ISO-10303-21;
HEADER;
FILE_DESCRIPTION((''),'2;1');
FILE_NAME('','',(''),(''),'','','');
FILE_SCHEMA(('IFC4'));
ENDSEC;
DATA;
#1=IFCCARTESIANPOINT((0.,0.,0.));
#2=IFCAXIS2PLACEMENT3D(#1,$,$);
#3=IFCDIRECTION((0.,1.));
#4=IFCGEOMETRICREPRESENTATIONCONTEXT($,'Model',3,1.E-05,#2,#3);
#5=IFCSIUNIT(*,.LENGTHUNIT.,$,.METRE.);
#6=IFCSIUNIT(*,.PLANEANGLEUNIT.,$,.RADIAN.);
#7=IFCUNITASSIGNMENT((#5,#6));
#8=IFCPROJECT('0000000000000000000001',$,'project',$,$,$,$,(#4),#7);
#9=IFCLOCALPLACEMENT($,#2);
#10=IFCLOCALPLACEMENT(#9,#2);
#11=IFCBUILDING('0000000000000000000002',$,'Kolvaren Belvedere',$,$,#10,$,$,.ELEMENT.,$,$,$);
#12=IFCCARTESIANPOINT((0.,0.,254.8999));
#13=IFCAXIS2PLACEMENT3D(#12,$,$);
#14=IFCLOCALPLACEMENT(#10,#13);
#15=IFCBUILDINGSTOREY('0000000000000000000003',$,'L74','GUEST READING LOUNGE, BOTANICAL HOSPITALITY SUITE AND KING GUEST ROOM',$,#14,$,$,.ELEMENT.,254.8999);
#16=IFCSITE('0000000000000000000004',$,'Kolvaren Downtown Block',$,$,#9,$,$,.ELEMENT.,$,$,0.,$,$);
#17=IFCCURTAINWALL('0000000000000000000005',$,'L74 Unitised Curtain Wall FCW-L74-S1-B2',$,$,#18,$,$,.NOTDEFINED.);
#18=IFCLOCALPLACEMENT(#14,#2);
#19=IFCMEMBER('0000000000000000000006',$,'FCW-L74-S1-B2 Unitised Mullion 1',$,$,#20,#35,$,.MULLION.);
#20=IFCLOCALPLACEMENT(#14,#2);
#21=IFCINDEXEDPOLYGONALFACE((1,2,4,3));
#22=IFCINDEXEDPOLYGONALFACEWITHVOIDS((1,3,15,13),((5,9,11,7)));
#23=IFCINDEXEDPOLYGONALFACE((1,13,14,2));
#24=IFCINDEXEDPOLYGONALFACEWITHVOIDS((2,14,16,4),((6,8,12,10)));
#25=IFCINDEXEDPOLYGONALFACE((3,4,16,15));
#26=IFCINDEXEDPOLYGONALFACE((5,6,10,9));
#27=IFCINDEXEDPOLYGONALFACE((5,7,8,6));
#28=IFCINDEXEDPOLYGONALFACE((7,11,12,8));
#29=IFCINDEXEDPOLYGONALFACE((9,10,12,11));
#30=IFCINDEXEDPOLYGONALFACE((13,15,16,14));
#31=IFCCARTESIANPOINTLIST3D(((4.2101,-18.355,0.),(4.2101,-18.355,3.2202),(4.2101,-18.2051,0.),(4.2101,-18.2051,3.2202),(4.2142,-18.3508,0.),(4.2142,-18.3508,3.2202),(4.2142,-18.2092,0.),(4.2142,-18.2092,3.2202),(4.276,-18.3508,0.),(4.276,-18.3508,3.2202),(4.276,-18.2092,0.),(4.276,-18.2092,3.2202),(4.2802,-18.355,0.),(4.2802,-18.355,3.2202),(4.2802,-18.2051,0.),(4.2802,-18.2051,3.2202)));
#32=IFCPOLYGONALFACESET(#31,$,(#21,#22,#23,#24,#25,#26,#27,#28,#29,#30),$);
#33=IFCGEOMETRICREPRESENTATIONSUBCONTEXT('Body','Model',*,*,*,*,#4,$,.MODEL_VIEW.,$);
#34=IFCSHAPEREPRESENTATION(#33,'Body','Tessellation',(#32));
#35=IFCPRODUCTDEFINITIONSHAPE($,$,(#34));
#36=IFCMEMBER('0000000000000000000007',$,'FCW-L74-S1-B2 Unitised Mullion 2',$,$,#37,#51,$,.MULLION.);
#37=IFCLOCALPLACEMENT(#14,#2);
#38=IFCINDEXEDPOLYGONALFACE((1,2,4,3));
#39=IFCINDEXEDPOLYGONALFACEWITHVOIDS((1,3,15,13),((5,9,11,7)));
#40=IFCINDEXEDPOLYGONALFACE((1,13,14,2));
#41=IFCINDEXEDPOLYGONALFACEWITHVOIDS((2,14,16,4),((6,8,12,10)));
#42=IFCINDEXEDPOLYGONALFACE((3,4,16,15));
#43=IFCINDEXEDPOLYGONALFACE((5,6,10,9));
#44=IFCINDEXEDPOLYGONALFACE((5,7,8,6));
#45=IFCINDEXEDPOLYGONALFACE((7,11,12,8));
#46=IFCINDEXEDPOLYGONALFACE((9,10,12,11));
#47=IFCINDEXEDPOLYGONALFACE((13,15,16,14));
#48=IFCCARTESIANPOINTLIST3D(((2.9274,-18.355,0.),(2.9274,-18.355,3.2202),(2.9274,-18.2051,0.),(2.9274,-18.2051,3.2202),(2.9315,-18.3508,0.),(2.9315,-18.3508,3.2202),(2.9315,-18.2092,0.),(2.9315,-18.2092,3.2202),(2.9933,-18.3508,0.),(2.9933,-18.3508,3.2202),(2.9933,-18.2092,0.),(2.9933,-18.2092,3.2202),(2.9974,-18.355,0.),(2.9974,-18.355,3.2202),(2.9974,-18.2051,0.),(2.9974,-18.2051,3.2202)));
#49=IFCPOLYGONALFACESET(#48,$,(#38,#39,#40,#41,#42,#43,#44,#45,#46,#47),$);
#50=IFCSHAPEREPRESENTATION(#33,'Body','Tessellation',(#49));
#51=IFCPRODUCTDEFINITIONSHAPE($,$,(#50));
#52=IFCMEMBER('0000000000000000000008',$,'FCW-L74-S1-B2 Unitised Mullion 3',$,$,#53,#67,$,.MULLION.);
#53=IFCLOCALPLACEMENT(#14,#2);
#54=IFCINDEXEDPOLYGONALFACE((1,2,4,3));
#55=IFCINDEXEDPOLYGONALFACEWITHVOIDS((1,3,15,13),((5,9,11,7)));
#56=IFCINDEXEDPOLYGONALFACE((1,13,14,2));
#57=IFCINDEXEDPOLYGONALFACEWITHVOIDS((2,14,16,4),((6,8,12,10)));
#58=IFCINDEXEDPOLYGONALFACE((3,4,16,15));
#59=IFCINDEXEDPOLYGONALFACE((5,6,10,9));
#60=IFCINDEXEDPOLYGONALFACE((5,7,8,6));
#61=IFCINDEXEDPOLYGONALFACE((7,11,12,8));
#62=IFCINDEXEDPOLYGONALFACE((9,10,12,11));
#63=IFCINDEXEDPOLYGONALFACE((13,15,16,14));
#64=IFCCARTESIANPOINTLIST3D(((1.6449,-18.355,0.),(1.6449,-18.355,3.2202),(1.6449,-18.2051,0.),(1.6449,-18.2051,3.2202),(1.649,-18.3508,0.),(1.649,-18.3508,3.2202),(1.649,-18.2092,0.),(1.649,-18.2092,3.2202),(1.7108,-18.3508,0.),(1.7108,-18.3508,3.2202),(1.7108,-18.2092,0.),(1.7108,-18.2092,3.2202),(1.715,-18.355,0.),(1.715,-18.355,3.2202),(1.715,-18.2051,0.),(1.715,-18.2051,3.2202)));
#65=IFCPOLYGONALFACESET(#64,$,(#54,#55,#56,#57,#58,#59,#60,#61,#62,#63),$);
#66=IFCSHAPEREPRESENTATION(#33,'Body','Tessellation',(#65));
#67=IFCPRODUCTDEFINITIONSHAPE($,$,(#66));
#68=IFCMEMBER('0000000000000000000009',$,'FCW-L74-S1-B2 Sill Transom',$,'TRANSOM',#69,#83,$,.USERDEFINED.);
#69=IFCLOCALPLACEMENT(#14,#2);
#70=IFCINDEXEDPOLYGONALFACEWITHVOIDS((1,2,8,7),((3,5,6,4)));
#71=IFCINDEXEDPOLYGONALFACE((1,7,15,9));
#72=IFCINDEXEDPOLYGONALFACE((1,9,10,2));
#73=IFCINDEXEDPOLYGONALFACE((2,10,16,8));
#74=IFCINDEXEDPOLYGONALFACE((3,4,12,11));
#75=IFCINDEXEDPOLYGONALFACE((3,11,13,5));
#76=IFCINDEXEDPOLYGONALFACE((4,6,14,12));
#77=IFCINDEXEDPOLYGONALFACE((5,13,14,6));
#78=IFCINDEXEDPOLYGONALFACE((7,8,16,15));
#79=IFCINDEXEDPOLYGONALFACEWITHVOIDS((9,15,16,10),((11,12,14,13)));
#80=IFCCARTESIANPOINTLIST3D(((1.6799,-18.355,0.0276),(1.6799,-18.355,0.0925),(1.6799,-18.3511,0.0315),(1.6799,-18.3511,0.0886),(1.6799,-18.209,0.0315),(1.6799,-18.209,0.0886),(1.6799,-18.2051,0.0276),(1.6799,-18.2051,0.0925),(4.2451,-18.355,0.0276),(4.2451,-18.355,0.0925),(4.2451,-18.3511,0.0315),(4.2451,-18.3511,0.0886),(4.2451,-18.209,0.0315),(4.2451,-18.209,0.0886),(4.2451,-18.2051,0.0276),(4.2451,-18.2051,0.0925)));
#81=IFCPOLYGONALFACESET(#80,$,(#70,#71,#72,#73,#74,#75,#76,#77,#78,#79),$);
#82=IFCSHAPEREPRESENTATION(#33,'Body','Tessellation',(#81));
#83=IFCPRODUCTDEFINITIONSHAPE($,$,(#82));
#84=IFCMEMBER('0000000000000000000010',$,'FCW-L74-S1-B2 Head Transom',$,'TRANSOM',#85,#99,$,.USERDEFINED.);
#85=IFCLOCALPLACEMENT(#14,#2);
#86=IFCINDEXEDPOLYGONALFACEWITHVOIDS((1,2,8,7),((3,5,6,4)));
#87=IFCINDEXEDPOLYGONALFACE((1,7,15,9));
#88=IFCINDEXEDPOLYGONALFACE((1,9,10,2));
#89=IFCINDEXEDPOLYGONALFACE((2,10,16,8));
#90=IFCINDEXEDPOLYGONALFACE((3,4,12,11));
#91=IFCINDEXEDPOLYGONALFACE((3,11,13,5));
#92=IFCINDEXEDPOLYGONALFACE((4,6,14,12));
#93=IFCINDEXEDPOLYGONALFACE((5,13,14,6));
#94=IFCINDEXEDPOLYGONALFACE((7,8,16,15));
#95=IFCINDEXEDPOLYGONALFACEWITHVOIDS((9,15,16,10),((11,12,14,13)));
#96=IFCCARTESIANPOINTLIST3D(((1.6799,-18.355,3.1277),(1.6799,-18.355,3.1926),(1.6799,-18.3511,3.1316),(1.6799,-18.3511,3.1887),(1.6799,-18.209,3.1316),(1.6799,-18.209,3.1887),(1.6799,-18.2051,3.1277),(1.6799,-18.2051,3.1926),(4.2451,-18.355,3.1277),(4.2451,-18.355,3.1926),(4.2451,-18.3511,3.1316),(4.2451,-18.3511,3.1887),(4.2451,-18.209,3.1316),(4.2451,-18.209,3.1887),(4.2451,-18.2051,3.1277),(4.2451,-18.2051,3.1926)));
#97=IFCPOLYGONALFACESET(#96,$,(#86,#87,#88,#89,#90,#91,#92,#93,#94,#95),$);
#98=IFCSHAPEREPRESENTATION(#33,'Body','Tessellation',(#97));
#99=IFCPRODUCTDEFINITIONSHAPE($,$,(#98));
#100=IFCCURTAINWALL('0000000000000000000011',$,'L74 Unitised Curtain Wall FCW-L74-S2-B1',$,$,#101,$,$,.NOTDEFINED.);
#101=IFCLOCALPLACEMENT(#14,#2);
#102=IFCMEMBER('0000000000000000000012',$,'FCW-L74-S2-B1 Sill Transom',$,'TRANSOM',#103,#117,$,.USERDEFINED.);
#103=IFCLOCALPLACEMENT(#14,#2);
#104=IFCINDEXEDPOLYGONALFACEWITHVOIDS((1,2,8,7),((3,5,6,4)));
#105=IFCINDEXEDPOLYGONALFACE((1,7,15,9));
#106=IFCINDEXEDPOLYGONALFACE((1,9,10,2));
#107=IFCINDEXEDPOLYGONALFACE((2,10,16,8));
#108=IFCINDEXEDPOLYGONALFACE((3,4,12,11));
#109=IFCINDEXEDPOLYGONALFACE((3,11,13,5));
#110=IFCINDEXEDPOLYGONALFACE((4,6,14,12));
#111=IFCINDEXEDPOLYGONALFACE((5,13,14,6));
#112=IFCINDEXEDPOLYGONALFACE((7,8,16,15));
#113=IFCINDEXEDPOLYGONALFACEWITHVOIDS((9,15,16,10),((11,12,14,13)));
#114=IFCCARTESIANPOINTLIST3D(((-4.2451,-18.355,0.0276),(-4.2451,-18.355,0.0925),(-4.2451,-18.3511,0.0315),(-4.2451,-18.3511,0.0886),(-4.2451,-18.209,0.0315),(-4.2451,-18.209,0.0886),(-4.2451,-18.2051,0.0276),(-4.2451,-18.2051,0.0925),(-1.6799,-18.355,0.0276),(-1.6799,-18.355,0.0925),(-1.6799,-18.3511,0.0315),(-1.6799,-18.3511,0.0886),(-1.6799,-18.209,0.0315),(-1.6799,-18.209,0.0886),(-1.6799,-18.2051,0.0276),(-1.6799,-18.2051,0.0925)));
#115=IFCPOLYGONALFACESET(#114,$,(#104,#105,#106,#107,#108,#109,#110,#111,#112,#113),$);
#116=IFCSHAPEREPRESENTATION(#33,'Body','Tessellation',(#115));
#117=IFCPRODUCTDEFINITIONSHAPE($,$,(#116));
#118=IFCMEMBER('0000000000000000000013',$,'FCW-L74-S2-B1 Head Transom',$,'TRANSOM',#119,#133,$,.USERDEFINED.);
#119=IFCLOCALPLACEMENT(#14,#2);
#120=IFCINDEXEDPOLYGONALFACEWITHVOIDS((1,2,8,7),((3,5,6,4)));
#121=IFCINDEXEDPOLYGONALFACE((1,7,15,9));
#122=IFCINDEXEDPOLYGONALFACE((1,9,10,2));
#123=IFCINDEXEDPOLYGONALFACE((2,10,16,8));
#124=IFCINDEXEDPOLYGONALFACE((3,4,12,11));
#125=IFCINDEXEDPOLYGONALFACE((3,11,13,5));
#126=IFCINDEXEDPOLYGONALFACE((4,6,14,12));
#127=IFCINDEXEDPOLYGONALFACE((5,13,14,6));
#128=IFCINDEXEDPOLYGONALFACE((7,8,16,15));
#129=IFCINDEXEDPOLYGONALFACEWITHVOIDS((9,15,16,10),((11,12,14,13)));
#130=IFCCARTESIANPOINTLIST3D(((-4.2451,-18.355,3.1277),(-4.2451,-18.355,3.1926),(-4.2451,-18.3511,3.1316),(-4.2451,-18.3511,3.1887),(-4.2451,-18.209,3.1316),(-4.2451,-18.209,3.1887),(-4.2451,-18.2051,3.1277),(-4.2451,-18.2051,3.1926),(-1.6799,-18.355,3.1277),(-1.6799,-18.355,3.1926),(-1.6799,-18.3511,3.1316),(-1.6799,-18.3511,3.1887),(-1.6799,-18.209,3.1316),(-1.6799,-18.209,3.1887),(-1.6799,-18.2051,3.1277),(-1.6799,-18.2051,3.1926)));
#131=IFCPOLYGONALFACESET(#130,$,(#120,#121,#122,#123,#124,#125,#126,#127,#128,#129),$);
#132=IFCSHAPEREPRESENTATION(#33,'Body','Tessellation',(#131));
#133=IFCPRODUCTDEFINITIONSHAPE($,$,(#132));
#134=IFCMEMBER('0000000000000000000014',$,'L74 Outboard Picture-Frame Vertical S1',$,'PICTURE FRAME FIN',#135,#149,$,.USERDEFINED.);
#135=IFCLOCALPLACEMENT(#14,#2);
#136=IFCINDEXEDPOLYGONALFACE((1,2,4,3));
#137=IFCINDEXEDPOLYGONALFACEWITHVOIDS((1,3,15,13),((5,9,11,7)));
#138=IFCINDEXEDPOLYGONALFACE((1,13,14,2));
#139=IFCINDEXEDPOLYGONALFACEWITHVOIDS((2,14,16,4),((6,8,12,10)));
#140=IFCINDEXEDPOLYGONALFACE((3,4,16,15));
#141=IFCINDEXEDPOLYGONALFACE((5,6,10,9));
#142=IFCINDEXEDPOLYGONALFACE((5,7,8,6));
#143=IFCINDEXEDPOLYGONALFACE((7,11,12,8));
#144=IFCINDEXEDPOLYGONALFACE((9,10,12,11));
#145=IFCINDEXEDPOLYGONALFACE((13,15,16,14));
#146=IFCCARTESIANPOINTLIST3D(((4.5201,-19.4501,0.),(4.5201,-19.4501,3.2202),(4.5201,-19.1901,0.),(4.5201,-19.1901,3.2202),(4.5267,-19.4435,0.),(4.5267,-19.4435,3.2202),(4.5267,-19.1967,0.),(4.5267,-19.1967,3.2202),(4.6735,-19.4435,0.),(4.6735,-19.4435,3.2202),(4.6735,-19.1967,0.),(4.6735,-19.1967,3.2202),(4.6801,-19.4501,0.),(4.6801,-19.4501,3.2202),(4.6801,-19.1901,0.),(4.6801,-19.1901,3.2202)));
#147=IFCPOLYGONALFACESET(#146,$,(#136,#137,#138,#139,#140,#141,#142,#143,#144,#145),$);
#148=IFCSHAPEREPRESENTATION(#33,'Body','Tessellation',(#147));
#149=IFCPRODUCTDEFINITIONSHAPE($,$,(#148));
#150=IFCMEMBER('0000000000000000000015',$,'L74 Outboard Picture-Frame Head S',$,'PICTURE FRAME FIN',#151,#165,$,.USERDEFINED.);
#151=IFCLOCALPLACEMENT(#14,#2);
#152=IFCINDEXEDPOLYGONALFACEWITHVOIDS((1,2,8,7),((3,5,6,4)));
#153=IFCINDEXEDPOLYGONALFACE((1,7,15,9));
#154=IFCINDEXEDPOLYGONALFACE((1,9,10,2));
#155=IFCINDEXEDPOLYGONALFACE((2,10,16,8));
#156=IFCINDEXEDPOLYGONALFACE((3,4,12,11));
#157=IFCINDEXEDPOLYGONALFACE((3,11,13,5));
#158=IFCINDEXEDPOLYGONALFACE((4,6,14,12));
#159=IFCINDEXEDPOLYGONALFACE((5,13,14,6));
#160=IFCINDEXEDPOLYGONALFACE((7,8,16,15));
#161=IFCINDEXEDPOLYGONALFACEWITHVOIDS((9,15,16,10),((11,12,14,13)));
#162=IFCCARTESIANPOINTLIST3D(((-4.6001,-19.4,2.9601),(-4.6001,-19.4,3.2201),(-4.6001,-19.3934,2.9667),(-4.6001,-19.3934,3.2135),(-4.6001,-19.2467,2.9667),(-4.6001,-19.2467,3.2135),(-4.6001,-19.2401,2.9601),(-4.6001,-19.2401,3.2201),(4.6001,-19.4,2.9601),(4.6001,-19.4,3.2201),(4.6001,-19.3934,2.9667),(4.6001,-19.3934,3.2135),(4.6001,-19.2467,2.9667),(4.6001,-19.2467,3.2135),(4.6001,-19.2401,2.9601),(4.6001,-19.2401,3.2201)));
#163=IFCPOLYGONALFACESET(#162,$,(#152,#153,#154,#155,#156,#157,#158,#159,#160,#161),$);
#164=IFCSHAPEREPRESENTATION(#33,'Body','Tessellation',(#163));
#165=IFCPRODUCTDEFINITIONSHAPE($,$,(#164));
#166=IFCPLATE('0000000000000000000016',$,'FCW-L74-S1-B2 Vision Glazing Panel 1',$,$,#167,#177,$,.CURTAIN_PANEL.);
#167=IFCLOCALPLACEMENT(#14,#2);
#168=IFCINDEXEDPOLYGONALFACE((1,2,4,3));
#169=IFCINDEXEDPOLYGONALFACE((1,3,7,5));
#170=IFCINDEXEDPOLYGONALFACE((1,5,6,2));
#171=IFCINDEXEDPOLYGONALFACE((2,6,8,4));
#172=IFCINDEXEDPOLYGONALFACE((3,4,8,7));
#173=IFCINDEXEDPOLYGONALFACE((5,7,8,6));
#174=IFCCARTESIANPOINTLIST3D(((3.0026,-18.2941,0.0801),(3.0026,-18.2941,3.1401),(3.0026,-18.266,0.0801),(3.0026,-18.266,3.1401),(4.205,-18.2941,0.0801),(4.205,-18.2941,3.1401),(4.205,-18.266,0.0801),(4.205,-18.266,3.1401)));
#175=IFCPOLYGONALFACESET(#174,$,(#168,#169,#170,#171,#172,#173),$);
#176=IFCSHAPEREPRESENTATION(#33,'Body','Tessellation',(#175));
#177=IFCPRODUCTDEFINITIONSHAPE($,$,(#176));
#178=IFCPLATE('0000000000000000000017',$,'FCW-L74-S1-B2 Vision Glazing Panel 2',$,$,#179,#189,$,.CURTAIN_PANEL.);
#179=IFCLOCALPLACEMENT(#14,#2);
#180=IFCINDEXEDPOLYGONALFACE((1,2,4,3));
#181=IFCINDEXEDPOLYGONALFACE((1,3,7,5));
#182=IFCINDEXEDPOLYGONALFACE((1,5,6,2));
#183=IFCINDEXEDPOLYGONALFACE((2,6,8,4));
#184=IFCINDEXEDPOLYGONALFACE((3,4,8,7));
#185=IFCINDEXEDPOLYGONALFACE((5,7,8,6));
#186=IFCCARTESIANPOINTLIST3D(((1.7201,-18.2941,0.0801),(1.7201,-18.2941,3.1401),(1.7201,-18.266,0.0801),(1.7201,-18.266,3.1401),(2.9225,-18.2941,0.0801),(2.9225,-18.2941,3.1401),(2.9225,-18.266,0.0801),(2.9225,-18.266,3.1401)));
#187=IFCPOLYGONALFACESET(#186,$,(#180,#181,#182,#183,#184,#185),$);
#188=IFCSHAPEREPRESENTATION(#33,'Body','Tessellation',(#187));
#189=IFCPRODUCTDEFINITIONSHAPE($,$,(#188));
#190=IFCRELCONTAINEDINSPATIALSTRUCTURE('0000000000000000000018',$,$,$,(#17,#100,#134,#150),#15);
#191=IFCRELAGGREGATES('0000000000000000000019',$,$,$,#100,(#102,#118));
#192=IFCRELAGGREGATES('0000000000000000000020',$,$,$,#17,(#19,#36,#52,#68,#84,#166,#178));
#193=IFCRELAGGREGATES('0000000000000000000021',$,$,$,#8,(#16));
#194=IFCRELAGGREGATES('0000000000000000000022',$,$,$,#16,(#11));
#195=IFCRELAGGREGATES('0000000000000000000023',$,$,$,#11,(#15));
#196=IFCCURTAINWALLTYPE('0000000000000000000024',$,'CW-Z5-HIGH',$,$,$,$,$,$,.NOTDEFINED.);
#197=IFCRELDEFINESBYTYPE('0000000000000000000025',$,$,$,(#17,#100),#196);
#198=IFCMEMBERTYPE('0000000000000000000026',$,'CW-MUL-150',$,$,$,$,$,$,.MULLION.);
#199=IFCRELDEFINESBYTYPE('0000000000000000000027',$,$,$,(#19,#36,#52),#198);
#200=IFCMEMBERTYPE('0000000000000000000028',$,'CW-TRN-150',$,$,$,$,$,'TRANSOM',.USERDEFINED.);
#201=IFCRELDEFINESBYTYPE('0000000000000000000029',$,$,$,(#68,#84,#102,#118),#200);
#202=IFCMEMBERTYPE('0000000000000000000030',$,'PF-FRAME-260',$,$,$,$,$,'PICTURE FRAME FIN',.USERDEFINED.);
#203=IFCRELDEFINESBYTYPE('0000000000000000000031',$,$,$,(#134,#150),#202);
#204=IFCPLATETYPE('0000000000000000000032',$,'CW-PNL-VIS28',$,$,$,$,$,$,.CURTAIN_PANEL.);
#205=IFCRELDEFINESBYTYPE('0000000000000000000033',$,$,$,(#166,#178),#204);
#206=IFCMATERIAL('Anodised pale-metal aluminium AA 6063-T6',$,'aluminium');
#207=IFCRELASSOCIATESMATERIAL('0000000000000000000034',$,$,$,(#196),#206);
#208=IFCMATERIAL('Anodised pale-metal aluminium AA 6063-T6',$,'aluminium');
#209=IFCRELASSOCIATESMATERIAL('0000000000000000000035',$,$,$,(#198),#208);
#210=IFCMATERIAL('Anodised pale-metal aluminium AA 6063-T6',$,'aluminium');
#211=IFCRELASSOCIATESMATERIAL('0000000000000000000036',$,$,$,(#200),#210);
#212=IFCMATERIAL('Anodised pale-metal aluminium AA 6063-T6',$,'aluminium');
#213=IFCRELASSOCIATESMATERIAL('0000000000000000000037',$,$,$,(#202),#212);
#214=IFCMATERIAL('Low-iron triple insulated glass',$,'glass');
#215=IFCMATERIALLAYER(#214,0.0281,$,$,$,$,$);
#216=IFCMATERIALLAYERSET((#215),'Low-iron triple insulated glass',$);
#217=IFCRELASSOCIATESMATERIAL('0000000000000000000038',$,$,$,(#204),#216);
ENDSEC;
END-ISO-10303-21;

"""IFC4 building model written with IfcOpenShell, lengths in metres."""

from ifc_helpers import new_model, si_unit, direction, frame, origin, origin_2d, place, context, subcontext, project, spatial, rectangle, hollow_rectangle, extrude, material, layer, layer_set, material_profile, profile_set, type_object, element, aggregate, save


model = new_model("IFC4")

# Units and contexts
model_context = context("Model", 3, precision=1e-05, world=origin(), true_north=direction((0.0, 1.0)))
body_context = subcontext(model_context, "Body", "Model", "MODEL_VIEW")
ifc_project = project(units=[si_unit("LENGTHUNIT", "METRE"), si_unit("PLANEANGLEUNIT", "RADIAN")], contexts=[model_context])

# Site, building, storey
site_placement = place(None, origin())
site = spatial("IfcSite", under=ifc_project, at=site_placement, Name="Kolvaren Downtown Block", CompositionType="ELEMENT", RefElevation=0.0)
building_placement = place(site_placement, origin())
building = spatial("IfcBuilding", under=site, at=building_placement, Name="Kolvaren Belvedere", CompositionType="ELEMENT")
storey_placement = place(building_placement, frame((0.0, 0.0, 254.8999)))
storey = spatial("IfcBuildingStorey", under=building, at=storey_placement, Name="L74", Description="GUEST READING LOUNGE, BOTANICAL HOSPITALITY SUITE AND KING GUEST ROOM", CompositionType="ELEMENT", Elevation=254.8999)

# Curtain walls, members
ifc_material_1 = material(Name="Anodised pale-metal aluminium AA 6063-T6", Category="aluminium")
curtain_wall_type = type_object("IfcCurtainWallType", Name="CW-Z5-HIGH", PredefinedType="NOTDEFINED", material=ifc_material_1)
curtain_wall_1_placement = place(storey_placement, origin())
curtain_wall_1 = element("IfcCurtainWall", 1, at=curtain_wall_1_placement, inside=storey, type_object=curtain_wall_type, Name="L74 Unitised Curtain Wall FCW-L74-S1-B2", PredefinedType="NOTDEFINED")
ifc_material_2 = material(Name="Anodised pale-metal aluminium AA 6063-T6", Category="aluminium")
ifc_material_profile_1 = material_profile(ifc_material_2, hollow_rectangle(XDim=0.0701, YDim=0.1499, WallThickness=0.0042, at=origin_2d()), Name="ALU-MUL-150X70")
ifc_profile_set_1 = profile_set([ifc_material_profile_1], Name="Anodised pale-metal aluminium AA 6063-T6")
member_type_1 = type_object("IfcMemberType", Name="CW-MUL-150", PredefinedType="MULLION", material=ifc_profile_set_1)
member_1_placement = place(storey_placement, frame((4.2451, -18.28, 0.0), z_axis=(0.0, 0.0, 1.0), x_axis=(1.0, 0.0, 0.0)))
member_1 = element("IfcMember", 2, at=member_1_placement, type_object=member_type_1, Name="FCW-L74-S1-B2 Unitised Mullion 1", PredefinedType="MULLION", context=body_context, shape_type="SweptSolid", body=[
    extrude(hollow_rectangle(XDim=0.0701, YDim=0.1499, WallThickness=0.0042, at=origin_2d()), origin(), (0.0, 0.0, 1.0), 3.2202),
])
member_2_placement = place(storey_placement, frame((2.9624, -18.28, 0.0), z_axis=(0.0, 0.0, 1.0), x_axis=(1.0, 0.0, 0.0)))
member_2 = element("IfcMember", 3, at=member_2_placement, type_object=member_type_1, Name="FCW-L74-S1-B2 Unitised Mullion 2", PredefinedType="MULLION", context=body_context, shape_type="SweptSolid", body=[
    extrude(hollow_rectangle(XDim=0.0701, YDim=0.1499, WallThickness=0.0042, at=origin_2d()), origin(), (0.0, 0.0, 1.0), 3.2202),
])
member_3_placement = place(storey_placement, frame((1.6799, -18.28, 0.0), z_axis=(0.0, 0.0, 1.0), x_axis=(1.0, 0.0, 0.0)))
member_3 = element("IfcMember", 4, at=member_3_placement, type_object=member_type_1, Name="FCW-L74-S1-B2 Unitised Mullion 3", PredefinedType="MULLION", context=body_context, shape_type="SweptSolid", body=[
    extrude(hollow_rectangle(XDim=0.0701, YDim=0.1499, WallThickness=0.0042, at=origin_2d()), origin(), (0.0, 0.0, 1.0), 3.2202),
])
ifc_material_3 = material(Name="Anodised pale-metal aluminium AA 6063-T6", Category="aluminium")
ifc_material_profile_2 = material_profile(ifc_material_3, hollow_rectangle(XDim=0.0649, YDim=0.1499, WallThickness=0.0039, at=origin_2d()), Name="ALU-TRN-150X65")
ifc_profile_set_2 = profile_set([ifc_material_profile_2], Name="Anodised pale-metal aluminium AA 6063-T6")
member_type_2 = type_object("IfcMemberType", Name="CW-TRN-150", ElementType="TRANSOM", PredefinedType="USERDEFINED", material=ifc_profile_set_2)
member_4_placement = place(storey_placement, frame((4.2451, -18.28, 0.0601), z_axis=(-1.0, 0.0, 0.0), x_axis=(0.0, 0.0, 1.0)))
member_4 = element("IfcMember", 5, at=member_4_placement, type_object=member_type_2, Name="FCW-L74-S1-B2 Sill Transom", ObjectType="TRANSOM", PredefinedType="USERDEFINED", context=body_context, shape_type="SweptSolid", body=[
    extrude(hollow_rectangle(XDim=0.0649, YDim=0.1499, WallThickness=0.0039, at=origin_2d()), origin(), (0.0, 0.0, 1.0), 2.5652),
])
member_5_placement = place(storey_placement, frame((4.2451, -18.28, 3.1602), z_axis=(-1.0, 0.0, 0.0), x_axis=(0.0, 0.0, 1.0)))
member_5 = element("IfcMember", 6, at=member_5_placement, type_object=member_type_2, Name="FCW-L74-S1-B2 Head Transom", ObjectType="TRANSOM", PredefinedType="USERDEFINED", context=body_context, shape_type="SweptSolid", body=[
    extrude(hollow_rectangle(XDim=0.0649, YDim=0.1499, WallThickness=0.0039, at=origin_2d()), origin(), (0.0, 0.0, 1.0), 2.5652),
])
curtain_wall_2_placement = place(storey_placement, origin())
curtain_wall_2 = element("IfcCurtainWall", 7, at=curtain_wall_2_placement, inside=storey, type_object=curtain_wall_type, Name="L74 Unitised Curtain Wall FCW-L74-S2-B1", PredefinedType="NOTDEFINED")
member_6_placement = place(storey_placement, frame((-1.6799, -18.28, 0.0601), z_axis=(-1.0, 0.0, 0.0), x_axis=(0.0, 0.0, 1.0)))
member_6 = element("IfcMember", 8, at=member_6_placement, type_object=member_type_2, Name="FCW-L74-S2-B1 Sill Transom", ObjectType="TRANSOM", PredefinedType="USERDEFINED", context=body_context, shape_type="SweptSolid", body=[
    extrude(hollow_rectangle(XDim=0.0649, YDim=0.1499, WallThickness=0.0039, at=origin_2d()), origin(), (0.0, 0.0, 1.0), 2.5652),
])
member_7_placement = place(storey_placement, frame((-1.6799, -18.28, 3.1602), z_axis=(-1.0, 0.0, 0.0), x_axis=(0.0, 0.0, 1.0)))
member_7 = element("IfcMember", 9, at=member_7_placement, type_object=member_type_2, Name="FCW-L74-S2-B1 Head Transom", ObjectType="TRANSOM", PredefinedType="USERDEFINED", context=body_context, shape_type="SweptSolid", body=[
    extrude(hollow_rectangle(XDim=0.0649, YDim=0.1499, WallThickness=0.0039, at=origin_2d()), origin(), (0.0, 0.0, 1.0), 2.5652),
])
aggregate(curtain_wall_2, [member_6, member_7])

# Members
ifc_material_4 = material(Name="Anodised pale-metal aluminium AA 6063-T6", Category="aluminium")
ifc_material_profile_3 = material_profile(ifc_material_4, hollow_rectangle(XDim=0.1599, YDim=0.26, WallThickness=0.0066, at=origin_2d()), Name="ALU-PF-260X160")
ifc_profile_set_3 = profile_set([ifc_material_profile_3], Name="Anodised pale-metal aluminium AA 6063-T6")
member_type_3 = type_object("IfcMemberType", Name="PF-FRAME-260", ElementType="PICTURE FRAME FIN", PredefinedType="USERDEFINED", material=ifc_profile_set_3)
member_8_placement = place(storey_placement, frame((4.6001, -19.3201, 0.0), z_axis=(0.0, 0.0, 1.0), x_axis=(1.0, 0.0, 0.0)))
element("IfcMember", 10, at=member_8_placement, inside=storey, type_object=member_type_3, Name="L74 Outboard Picture-Frame Vertical S1", ObjectType="PICTURE FRAME FIN", PredefinedType="USERDEFINED", context=body_context, shape_type="SweptSolid", body=[
    extrude(hollow_rectangle(XDim=0.1599, YDim=0.26, WallThickness=0.0066, at=origin_2d()), origin(), (0.0, 0.0, 1.0), 3.2202),
])
member_9_placement = place(storey_placement, frame((4.6001, -19.3201, 3.0901), z_axis=(-1.0, 0.0, 0.0), x_axis=(0.0, -1.0, 0.0)))
element("IfcMember", 11, at=member_9_placement, inside=storey, type_object=member_type_3, Name="L74 Outboard Picture-Frame Head S", ObjectType="PICTURE FRAME FIN", PredefinedType="USERDEFINED", context=body_context, shape_type="SweptSolid", body=[
    extrude(hollow_rectangle(XDim=0.1599, YDim=0.26, WallThickness=0.0066, at=origin_2d()), origin(), (0.0, 0.0, 1.0), 9.2002),
])

# Plates
ifc_material_5 = material(Name="Low-iron triple insulated glass", Category="glass")
ifc_layer_1 = layer(ifc_material_5, 0.0281)
ifc_layer_set_1 = layer_set([ifc_layer_1], Name="Low-iron triple insulated glass")
plate_type_1 = type_object("IfcPlateType", Name="CW-PNL-VIS28", PredefinedType="CURTAIN_PANEL", material=ifc_layer_set_1)
plate_1_placement = place(storey_placement, frame((3.6038, -18.28, 0.0801), z_axis=(0.0, 0.0, 1.0), x_axis=(-1.0, 0.0, 0.0)))
plate_1 = element("IfcPlate", 12, at=plate_1_placement, type_object=plate_type_1, Name="FCW-L74-S1-B2 Vision Glazing Panel 1", PredefinedType="CURTAIN_PANEL", context=body_context, shape_type="SweptSolid", body=[
    extrude(rectangle(XDim=1.2024, YDim=0.0281, at=origin_2d()), origin(), (0.0, 0.0, 1.0), 3.0601),
])
plate_2_placement = place(storey_placement, frame((2.3213, -18.28, 0.0801), z_axis=(0.0, 0.0, 1.0), x_axis=(-1.0, 0.0, 0.0)))
plate_2 = element("IfcPlate", 13, at=plate_2_placement, type_object=plate_type_1, Name="FCW-L74-S1-B2 Vision Glazing Panel 2", PredefinedType="CURTAIN_PANEL", context=body_context, shape_type="SweptSolid", body=[
    extrude(rectangle(XDim=1.2024, YDim=0.0281, at=origin_2d()), origin(), (0.0, 0.0, 1.0), 3.0601),
])
aggregate(curtain_wall_1, [member_1, member_2, member_3, member_4, member_5, plate_1, plate_2])

save(model, "model.ifc")
